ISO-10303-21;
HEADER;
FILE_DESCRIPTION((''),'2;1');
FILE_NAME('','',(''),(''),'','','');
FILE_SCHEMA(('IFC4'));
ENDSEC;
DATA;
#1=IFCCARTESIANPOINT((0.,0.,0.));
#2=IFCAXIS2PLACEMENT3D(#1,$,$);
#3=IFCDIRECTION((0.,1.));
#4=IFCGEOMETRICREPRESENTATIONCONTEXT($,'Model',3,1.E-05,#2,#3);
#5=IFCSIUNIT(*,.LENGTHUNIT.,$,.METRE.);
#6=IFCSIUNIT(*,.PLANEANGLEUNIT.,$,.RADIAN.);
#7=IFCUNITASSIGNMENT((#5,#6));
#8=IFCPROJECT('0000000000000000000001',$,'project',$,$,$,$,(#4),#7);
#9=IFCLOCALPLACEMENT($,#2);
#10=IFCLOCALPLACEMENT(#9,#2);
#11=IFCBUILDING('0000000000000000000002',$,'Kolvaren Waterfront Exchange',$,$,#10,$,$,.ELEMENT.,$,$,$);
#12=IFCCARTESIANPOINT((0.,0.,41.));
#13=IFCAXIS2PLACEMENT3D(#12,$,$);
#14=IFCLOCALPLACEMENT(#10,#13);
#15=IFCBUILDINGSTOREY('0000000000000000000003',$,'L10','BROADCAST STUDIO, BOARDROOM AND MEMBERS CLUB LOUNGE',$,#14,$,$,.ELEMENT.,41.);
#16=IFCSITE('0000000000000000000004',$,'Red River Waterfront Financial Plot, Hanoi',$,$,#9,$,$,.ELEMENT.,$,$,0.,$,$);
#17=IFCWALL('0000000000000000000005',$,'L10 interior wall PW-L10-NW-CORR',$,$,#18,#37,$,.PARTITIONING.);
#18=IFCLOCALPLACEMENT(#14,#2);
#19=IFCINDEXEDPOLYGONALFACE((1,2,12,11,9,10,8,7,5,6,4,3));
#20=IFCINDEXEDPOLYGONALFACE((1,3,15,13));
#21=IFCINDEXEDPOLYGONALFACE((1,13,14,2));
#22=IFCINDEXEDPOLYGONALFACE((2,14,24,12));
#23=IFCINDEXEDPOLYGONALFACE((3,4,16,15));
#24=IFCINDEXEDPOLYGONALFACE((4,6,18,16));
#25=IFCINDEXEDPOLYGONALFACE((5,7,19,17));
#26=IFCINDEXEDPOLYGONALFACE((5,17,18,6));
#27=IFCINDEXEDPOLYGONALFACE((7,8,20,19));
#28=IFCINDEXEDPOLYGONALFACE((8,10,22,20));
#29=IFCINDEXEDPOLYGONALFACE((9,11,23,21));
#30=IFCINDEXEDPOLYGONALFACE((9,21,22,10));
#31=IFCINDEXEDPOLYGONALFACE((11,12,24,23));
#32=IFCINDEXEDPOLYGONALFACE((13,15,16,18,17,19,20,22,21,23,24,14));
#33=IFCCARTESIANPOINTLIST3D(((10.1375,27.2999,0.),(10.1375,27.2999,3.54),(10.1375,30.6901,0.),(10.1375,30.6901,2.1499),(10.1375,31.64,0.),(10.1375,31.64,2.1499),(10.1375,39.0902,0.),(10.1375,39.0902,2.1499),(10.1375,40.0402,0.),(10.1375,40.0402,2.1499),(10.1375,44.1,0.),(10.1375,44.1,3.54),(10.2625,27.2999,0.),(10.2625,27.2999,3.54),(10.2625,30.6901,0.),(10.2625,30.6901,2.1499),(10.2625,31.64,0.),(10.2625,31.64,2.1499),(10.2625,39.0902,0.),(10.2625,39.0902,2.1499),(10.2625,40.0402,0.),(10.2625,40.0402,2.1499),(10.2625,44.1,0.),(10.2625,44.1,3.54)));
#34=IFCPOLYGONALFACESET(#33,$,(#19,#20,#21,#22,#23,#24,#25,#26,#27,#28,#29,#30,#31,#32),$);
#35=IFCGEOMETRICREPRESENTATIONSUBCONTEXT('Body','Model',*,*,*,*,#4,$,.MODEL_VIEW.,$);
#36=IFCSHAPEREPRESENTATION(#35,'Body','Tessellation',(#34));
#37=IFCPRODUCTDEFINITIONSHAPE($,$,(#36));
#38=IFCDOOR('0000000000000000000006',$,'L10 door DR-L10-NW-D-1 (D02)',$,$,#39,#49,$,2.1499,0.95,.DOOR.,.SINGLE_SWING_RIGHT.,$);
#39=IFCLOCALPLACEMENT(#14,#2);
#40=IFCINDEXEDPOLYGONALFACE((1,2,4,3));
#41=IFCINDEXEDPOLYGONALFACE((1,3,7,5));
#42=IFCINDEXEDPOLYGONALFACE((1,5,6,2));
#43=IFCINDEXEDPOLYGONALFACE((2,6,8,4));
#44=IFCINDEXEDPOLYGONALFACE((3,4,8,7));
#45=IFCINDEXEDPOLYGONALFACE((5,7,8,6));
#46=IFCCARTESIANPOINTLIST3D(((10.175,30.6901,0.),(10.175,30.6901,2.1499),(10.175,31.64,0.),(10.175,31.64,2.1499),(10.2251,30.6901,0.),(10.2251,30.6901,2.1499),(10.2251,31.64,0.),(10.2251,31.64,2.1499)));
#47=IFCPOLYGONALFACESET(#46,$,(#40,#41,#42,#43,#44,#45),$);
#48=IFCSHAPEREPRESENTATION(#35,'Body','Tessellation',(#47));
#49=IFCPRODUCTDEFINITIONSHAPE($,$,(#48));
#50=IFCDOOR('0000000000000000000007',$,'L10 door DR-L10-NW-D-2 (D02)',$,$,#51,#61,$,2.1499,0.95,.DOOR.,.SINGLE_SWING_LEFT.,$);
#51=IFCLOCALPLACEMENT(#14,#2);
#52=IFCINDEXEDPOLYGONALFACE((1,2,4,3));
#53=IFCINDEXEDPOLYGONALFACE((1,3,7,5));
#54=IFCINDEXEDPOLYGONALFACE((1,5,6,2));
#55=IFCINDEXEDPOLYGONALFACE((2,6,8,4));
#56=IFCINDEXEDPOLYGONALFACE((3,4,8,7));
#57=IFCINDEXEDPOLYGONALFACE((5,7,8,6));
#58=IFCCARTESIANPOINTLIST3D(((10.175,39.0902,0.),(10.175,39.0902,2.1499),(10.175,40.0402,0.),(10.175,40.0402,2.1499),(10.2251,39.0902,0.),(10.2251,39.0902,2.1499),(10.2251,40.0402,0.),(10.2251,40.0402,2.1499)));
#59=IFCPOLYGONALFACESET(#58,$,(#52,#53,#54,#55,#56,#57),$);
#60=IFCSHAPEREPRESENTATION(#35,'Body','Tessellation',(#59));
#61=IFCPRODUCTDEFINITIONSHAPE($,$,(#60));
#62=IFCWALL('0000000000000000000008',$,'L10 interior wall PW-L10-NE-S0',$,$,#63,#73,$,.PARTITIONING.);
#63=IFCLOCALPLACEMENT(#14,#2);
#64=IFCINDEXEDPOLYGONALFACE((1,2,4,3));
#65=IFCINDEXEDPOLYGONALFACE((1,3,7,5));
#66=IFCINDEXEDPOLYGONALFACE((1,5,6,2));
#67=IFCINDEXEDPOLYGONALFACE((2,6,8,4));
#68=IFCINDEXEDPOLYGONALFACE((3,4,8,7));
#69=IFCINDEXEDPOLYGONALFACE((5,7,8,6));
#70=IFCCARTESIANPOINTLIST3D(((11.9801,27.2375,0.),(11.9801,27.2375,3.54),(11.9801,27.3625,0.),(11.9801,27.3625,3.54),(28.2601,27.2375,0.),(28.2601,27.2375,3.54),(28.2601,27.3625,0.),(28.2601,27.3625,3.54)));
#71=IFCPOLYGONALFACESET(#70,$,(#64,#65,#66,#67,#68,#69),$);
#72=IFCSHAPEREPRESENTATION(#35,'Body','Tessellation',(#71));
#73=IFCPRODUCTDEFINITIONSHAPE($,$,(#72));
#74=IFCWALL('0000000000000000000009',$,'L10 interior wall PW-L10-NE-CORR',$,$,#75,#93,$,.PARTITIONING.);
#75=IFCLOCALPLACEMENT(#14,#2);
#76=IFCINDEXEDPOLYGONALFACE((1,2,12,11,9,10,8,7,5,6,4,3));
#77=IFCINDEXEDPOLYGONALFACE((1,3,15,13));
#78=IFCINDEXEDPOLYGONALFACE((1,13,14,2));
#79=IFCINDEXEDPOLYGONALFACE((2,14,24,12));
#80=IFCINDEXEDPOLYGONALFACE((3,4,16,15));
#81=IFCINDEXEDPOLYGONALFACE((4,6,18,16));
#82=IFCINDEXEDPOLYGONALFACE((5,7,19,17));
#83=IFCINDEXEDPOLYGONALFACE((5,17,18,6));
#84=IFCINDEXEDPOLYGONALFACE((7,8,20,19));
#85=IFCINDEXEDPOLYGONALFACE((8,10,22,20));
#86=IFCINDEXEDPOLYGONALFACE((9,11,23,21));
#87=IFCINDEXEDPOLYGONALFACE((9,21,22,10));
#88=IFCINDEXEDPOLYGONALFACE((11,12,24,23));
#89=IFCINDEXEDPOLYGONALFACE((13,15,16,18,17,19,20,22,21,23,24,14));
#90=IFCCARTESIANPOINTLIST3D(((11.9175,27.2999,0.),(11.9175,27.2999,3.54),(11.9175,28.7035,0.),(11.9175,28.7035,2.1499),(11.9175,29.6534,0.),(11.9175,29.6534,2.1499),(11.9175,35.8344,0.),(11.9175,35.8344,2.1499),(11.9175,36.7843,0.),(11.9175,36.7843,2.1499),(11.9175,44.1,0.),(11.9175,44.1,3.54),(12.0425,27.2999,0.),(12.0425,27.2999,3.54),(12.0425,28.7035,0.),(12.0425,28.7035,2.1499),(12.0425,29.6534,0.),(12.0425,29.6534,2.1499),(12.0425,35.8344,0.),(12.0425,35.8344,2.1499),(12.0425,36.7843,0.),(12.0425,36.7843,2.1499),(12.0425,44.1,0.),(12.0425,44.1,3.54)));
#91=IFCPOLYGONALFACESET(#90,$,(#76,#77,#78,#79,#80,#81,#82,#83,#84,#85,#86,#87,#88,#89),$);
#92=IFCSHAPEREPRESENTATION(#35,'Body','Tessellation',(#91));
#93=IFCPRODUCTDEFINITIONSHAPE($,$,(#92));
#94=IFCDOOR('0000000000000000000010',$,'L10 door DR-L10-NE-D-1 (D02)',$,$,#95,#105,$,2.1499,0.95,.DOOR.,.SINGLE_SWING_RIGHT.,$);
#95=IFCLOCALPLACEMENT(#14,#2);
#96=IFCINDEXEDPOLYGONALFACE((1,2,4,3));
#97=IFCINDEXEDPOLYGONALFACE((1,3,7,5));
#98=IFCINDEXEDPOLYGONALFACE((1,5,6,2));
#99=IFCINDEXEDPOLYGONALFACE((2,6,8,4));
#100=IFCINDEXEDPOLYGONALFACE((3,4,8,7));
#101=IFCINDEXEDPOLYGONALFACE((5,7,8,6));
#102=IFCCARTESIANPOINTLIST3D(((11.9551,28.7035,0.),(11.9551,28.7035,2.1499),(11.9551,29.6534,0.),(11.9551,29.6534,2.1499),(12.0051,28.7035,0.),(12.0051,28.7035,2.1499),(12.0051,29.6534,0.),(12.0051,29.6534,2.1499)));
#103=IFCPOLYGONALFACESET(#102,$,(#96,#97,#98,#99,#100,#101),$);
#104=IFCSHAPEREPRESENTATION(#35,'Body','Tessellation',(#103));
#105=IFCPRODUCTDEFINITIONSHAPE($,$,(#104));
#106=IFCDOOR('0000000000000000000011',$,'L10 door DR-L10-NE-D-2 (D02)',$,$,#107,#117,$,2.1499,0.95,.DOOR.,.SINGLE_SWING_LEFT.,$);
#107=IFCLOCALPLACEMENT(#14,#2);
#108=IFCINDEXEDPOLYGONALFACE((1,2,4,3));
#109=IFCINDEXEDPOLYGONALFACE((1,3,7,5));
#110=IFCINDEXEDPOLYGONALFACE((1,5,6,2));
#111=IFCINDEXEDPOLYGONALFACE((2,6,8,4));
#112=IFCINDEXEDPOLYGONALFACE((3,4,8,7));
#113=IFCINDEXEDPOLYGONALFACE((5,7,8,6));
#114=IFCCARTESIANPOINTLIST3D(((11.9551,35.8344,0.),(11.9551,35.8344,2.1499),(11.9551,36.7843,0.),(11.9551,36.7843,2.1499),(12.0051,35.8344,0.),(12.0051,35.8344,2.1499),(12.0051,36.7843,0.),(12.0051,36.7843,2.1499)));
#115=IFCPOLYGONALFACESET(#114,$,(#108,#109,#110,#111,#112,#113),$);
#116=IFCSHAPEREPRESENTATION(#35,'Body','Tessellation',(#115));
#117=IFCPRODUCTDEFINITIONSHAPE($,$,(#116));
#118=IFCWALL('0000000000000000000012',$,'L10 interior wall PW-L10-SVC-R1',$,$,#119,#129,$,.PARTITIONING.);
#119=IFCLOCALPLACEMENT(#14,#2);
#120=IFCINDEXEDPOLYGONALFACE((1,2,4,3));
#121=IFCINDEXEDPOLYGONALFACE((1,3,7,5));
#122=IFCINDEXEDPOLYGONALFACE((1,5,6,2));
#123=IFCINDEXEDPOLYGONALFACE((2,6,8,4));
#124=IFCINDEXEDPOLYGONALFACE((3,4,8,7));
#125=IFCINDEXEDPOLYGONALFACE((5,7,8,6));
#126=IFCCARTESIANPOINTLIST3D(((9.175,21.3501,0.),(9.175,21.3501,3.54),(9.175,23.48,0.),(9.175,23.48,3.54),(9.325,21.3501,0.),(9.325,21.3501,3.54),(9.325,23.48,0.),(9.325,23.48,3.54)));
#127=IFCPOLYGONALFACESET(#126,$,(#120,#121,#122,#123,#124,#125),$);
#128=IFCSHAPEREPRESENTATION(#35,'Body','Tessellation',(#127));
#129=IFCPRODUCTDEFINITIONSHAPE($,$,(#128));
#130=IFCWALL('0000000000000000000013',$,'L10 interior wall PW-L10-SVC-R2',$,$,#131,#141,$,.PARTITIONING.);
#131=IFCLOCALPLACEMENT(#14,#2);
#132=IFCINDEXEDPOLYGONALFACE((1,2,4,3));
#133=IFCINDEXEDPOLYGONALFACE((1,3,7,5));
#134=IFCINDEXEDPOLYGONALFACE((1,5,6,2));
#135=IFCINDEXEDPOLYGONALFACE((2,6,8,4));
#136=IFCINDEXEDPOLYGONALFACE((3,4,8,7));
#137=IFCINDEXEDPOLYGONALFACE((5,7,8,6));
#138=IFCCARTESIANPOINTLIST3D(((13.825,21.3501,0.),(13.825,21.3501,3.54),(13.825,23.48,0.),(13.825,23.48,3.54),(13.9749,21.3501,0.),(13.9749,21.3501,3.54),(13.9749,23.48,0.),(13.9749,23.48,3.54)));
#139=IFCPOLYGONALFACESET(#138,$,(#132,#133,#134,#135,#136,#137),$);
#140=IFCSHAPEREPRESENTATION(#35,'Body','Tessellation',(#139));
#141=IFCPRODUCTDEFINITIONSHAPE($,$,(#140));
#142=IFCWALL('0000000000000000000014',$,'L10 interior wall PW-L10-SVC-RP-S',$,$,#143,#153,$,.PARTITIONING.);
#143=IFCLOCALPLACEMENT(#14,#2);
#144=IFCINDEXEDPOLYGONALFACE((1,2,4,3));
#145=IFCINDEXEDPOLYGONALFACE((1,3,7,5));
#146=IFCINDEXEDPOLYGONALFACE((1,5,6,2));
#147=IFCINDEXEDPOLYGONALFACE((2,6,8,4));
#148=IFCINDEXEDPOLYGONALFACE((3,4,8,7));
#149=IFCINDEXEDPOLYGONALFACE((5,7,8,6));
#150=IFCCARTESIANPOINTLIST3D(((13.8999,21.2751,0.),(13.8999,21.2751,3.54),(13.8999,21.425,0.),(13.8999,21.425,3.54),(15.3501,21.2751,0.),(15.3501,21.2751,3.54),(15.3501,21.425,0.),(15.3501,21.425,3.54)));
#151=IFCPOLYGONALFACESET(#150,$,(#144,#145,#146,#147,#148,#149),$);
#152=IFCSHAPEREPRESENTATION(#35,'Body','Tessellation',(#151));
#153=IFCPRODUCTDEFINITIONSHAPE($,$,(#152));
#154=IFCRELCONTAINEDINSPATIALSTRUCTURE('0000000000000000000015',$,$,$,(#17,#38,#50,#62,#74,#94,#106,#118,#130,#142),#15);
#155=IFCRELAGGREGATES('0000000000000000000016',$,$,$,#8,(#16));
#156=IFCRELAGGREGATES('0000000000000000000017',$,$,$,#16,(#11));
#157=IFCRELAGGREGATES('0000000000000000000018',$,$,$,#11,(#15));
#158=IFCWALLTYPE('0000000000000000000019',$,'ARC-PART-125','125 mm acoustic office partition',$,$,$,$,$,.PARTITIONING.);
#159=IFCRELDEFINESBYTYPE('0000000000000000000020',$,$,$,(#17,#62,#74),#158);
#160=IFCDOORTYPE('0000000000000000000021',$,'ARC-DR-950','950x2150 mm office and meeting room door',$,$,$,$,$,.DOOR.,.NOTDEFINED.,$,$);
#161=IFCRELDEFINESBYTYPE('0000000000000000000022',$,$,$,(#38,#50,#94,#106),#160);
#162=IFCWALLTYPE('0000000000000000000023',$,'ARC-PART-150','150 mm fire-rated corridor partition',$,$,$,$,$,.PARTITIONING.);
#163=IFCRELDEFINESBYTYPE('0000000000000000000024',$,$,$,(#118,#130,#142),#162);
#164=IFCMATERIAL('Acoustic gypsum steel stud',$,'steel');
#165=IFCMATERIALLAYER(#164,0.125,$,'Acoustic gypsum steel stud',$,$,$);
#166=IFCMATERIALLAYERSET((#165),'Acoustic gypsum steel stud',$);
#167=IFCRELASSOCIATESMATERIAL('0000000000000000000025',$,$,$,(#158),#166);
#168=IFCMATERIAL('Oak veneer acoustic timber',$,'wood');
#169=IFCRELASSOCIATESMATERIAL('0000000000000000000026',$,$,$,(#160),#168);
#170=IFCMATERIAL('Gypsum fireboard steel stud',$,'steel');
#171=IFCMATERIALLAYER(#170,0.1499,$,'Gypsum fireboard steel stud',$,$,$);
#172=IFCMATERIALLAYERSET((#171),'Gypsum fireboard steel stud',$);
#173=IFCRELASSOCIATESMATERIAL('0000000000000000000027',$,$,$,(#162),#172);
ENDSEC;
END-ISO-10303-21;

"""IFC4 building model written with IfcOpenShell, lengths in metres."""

from ifc_helpers import new_model, si_unit, direction, frame, frame_2d, origin, place, context, subcontext, project, spatial, rectangle, extrude, material, layer, layer_set, type_object, element, fill, save


model = new_model("IFC4")

# Units and contexts
model_context = context("Model", 3, precision=1e-05, world=origin(), true_north=direction((0.0, 1.0)))
body_context = subcontext(model_context, "Body", "Model", "MODEL_VIEW")
ifc_project = project(units=[si_unit("LENGTHUNIT", "METRE"), si_unit("PLANEANGLEUNIT", "RADIAN")], contexts=[model_context])

# Site, building, storey
site_placement = place(None, origin())
site = spatial("IfcSite", under=ifc_project, at=site_placement, Name="Red River Waterfront Financial Plot, Hanoi", CompositionType="ELEMENT", RefElevation=0.0)
building_placement = place(site_placement, origin())
building = spatial("IfcBuilding", under=site, at=building_placement, Name="Kolvaren Waterfront Exchange", CompositionType="ELEMENT")
storey_placement = place(building_placement, frame((0.0, 0.0, 41.0)))
storey = spatial("IfcBuildingStorey", under=building, at=storey_placement, Name="L10", Description="BROADCAST STUDIO, BOARDROOM AND MEMBERS CLUB LOUNGE", CompositionType="ELEMENT", Elevation=41.0)

# Shared definitions
ifc_material_1 = material(Name="Acoustic gypsum steel stud", Category="steel")
ifc_layer_1 = layer(ifc_material_1, 0.125, Name="Acoustic gypsum steel stud")
ifc_layer_set_1 = layer_set([ifc_layer_1], Name="Acoustic gypsum steel stud")
wall_type_1 = type_object("IfcWallType", Name="ARC-PART-125", Description="125 mm acoustic office partition", PredefinedType="PARTITIONING", material=ifc_layer_set_1)

# Wall, openings, doors
wall_1_placement = place(storey_placement, frame((10.2, 27.3, 0.0), z_axis=(0.0, 0.0, 1.0), x_axis=(0.0, 1.0, 0.0)))
wall_1 = element("IfcWall", 1, at=wall_1_placement, inside=storey, type_object=wall_type_1, Name="L10 interior wall PW-L10-NW-CORR", PredefinedType="PARTITIONING", context=body_context, shape_type="SweptSolid", body=[
    extrude(rectangle(XDim=16.8, YDim=0.125, at=frame_2d((8.3999, 0.0))), origin(), (0.0, 0.0, 1.0), 3.54),
])
opening_1_placement = place(wall_1_placement, frame((3.3899, 0.0, 0.0)))
opening_1 = element("IfcOpeningElement", 2, at=opening_1_placement, cuts=wall_1, PredefinedType="OPENING", context=body_context, shape_type="SweptSolid", body=[
    extrude(rectangle(XDim=0.95, YDim=2.1499, at=frame_2d((0.4751, 1.075))), frame((0.0, 0.0725, 0.0), z_axis=(0.0, -1.0, 0.0), x_axis=(1.0, 0.0, 0.0)), (0.0, 0.0, 1.0), 0.145),
])
opening_2_placement = place(wall_1_placement, frame((11.79, 0.0, 0.0)))
opening_2 = element("IfcOpeningElement", 3, at=opening_2_placement, cuts=wall_1, PredefinedType="OPENING", context=body_context, shape_type="SweptSolid", body=[
    extrude(rectangle(XDim=0.95, YDim=2.1499, at=frame_2d((0.4751, 1.075))), frame((0.0, 0.0725, 0.0), z_axis=(0.0, -1.0, 0.0), x_axis=(1.0, 0.0, 0.0)), (0.0, 0.0, 1.0), 0.145),
])
ifc_material_2 = material(Name="Oak veneer acoustic timber", Category="wood")
door_type_1 = type_object("IfcDoorType", Name="ARC-DR-950", Description="950x2150 mm office and meeting room door", OperationType="NOTDEFINED", PredefinedType="DOOR", material=ifc_material_2)
door_1_placement = place(opening_1_placement, origin())
door_1 = element("IfcDoor", 4, at=door_1_placement, inside=storey, type_object=door_type_1, Name="L10 door DR-L10-NW-D-1 (D02)", OperationType="SINGLE_SWING_RIGHT", OverallHeight=2.1499, OverallWidth=0.95, PredefinedType="DOOR", context=body_context, shape_type="SweptSolid", body=[
    extrude(rectangle(XDim=0.95, YDim=2.1499, at=frame_2d((0.4751, 1.075))), frame((0.0, 0.0249, 0.0), z_axis=(0.0, -1.0, 0.0), x_axis=(1.0, 0.0, 0.0)), (0.0, 0.0, 1.0), 0.05),
])
fill(opening_1, door_1)
door_2_placement = place(opening_2_placement, origin())
door_2 = element("IfcDoor", 5, at=door_2_placement, inside=storey, type_object=door_type_1, Name="L10 door DR-L10-NW-D-2 (D02)", OperationType="SINGLE_SWING_LEFT", OverallHeight=2.1499, OverallWidth=0.95, PredefinedType="DOOR", context=body_context, shape_type="SweptSolid", body=[
    extrude(rectangle(XDim=0.95, YDim=2.1499, at=frame_2d((0.4751, 1.075))), frame((0.0, 0.0249, 0.0), z_axis=(0.0, -1.0, 0.0), x_axis=(1.0, 0.0, 0.0)), (0.0, 0.0, 1.0), 0.05),
])
fill(opening_2, door_2)

# Wall
wall_2_placement = place(storey_placement, frame((11.98, 27.3, 0.0), z_axis=(0.0, 0.0, 1.0), x_axis=(1.0, 0.0, 0.0)))
element("IfcWall", 6, at=wall_2_placement, inside=storey, type_object=wall_type_1, Name="L10 interior wall PW-L10-NE-S0", PredefinedType="PARTITIONING", context=body_context, shape_type="SweptSolid", body=[
    extrude(rectangle(XDim=16.28, YDim=0.125, at=frame_2d((8.1401, 0.0))), origin(), (0.0, 0.0, 1.0), 3.54),
])

# Wall, openings, doors
wall_3_placement = place(storey_placement, frame((11.98, 27.3, 0.0), z_axis=(0.0, 0.0, 1.0), x_axis=(0.0, 1.0, 0.0)))
wall_3 = element("IfcWall", 7, at=wall_3_placement, inside=storey, type_object=wall_type_1, Name="L10 interior wall PW-L10-NE-CORR", PredefinedType="PARTITIONING", context=body_context, shape_type="SweptSolid", body=[
    extrude(rectangle(XDim=16.8, YDim=0.125, at=frame_2d((8.3999, 0.0))), origin(), (0.0, 0.0, 1.0), 3.54),
])
opening_3_placement = place(wall_3_placement, frame((1.4033, 0.0, 0.0)))
opening_3 = element("IfcOpeningElement", 8, at=opening_3_placement, cuts=wall_3, PredefinedType="OPENING", context=body_context, shape_type="SweptSolid", body=[
    extrude(rectangle(XDim=0.95, YDim=2.1499, at=frame_2d((0.4751, 1.075))), frame((0.0, 0.0725, 0.0), z_axis=(0.0, -1.0, 0.0), x_axis=(1.0, 0.0, 0.0)), (0.0, 0.0, 1.0), 0.145),
])
opening_4_placement = place(wall_3_placement, frame((8.5342, 0.0, 0.0)))
opening_4 = element("IfcOpeningElement", 9, at=opening_4_placement, cuts=wall_3, PredefinedType="OPENING", context=body_context, shape_type="SweptSolid", body=[
    extrude(rectangle(XDim=0.95, YDim=2.1499, at=frame_2d((0.4751, 1.075))), frame((0.0, 0.0725, 0.0), z_axis=(0.0, -1.0, 0.0), x_axis=(1.0, 0.0, 0.0)), (0.0, 0.0, 1.0), 0.145),
])
door_3_placement = place(opening_3_placement, origin())
door_3 = element("IfcDoor", 10, at=door_3_placement, inside=storey, type_object=door_type_1, Name="L10 door DR-L10-NE-D-1 (D02)", OperationType="SINGLE_SWING_RIGHT", OverallHeight=2.1499, OverallWidth=0.95, PredefinedType="DOOR", context=body_context, shape_type="SweptSolid", body=[
    extrude(rectangle(XDim=0.95, YDim=2.1499, at=frame_2d((0.4751, 1.075))), frame((0.0, 0.0249, 0.0), z_axis=(0.0, -1.0, 0.0), x_axis=(1.0, 0.0, 0.0)), (0.0, 0.0, 1.0), 0.05),
])
fill(opening_3, door_3)
door_4_placement = place(opening_4_placement, origin())
door_4 = element("IfcDoor", 11, at=door_4_placement, inside=storey, type_object=door_type_1, Name="L10 door DR-L10-NE-D-2 (D02)", OperationType="SINGLE_SWING_LEFT", OverallHeight=2.1499, OverallWidth=0.95, PredefinedType="DOOR", context=body_context, shape_type="SweptSolid", body=[
    extrude(rectangle(XDim=0.95, YDim=2.1499, at=frame_2d((0.4751, 1.075))), frame((0.0, 0.0249, 0.0), z_axis=(0.0, -1.0, 0.0), x_axis=(1.0, 0.0, 0.0)), (0.0, 0.0, 1.0), 0.05),
])
fill(opening_4, door_4)

# Walls
ifc_material_3 = material(Name="Gypsum fireboard steel stud", Category="steel")
ifc_layer_2 = layer(ifc_material_3, 0.1499, Name="Gypsum fireboard steel stud")
ifc_layer_set_2 = layer_set([ifc_layer_2], Name="Gypsum fireboard steel stud")
wall_type_2 = type_object("IfcWallType", Name="ARC-PART-150", Description="150 mm fire-rated corridor partition", PredefinedType="PARTITIONING", material=ifc_layer_set_2)
for number, where, z_axis, x_axis, name in (
    (12, (9.25, 21.3501, 0.0), (0.0, 0.0, 1.0), (0.0, 1.0, 0.0), "L10 interior wall PW-L10-SVC-R1"),
    (13, (13.8999, 21.3501, 0.0), (0.0, 0.0, 1.0), (0.0, 1.0, 0.0), "L10 interior wall PW-L10-SVC-R2"),
):
    element("IfcWall", number, at=place(storey_placement, frame(where, z_axis=z_axis, x_axis=x_axis)), inside=storey, type_object=wall_type_2, Name=name, PredefinedType="PARTITIONING", context=body_context, shape_type="SweptSolid", body=[
        extrude(rectangle(XDim=2.1299, YDim=0.1499, at=frame_2d((1.0649, 0.0))), origin(), (0.0, 0.0, 1.0), 3.54),
    ])

# Wall
wall_4_placement = place(storey_placement, frame((13.8999, 21.3501, 0.0), z_axis=(0.0, 0.0, 1.0), x_axis=(1.0, 0.0, 0.0)))
element("IfcWall", 14, at=wall_4_placement, inside=storey, type_object=wall_type_2, Name="L10 interior wall PW-L10-SVC-RP-S", PredefinedType="PARTITIONING", context=body_context, shape_type="SweptSolid", body=[
    extrude(rectangle(XDim=1.4502, YDim=0.1499, at=frame_2d((0.7251, 0.0))), origin(), (0.0, 0.0, 1.0), 3.54),
])

save(model, "model.ifc")
